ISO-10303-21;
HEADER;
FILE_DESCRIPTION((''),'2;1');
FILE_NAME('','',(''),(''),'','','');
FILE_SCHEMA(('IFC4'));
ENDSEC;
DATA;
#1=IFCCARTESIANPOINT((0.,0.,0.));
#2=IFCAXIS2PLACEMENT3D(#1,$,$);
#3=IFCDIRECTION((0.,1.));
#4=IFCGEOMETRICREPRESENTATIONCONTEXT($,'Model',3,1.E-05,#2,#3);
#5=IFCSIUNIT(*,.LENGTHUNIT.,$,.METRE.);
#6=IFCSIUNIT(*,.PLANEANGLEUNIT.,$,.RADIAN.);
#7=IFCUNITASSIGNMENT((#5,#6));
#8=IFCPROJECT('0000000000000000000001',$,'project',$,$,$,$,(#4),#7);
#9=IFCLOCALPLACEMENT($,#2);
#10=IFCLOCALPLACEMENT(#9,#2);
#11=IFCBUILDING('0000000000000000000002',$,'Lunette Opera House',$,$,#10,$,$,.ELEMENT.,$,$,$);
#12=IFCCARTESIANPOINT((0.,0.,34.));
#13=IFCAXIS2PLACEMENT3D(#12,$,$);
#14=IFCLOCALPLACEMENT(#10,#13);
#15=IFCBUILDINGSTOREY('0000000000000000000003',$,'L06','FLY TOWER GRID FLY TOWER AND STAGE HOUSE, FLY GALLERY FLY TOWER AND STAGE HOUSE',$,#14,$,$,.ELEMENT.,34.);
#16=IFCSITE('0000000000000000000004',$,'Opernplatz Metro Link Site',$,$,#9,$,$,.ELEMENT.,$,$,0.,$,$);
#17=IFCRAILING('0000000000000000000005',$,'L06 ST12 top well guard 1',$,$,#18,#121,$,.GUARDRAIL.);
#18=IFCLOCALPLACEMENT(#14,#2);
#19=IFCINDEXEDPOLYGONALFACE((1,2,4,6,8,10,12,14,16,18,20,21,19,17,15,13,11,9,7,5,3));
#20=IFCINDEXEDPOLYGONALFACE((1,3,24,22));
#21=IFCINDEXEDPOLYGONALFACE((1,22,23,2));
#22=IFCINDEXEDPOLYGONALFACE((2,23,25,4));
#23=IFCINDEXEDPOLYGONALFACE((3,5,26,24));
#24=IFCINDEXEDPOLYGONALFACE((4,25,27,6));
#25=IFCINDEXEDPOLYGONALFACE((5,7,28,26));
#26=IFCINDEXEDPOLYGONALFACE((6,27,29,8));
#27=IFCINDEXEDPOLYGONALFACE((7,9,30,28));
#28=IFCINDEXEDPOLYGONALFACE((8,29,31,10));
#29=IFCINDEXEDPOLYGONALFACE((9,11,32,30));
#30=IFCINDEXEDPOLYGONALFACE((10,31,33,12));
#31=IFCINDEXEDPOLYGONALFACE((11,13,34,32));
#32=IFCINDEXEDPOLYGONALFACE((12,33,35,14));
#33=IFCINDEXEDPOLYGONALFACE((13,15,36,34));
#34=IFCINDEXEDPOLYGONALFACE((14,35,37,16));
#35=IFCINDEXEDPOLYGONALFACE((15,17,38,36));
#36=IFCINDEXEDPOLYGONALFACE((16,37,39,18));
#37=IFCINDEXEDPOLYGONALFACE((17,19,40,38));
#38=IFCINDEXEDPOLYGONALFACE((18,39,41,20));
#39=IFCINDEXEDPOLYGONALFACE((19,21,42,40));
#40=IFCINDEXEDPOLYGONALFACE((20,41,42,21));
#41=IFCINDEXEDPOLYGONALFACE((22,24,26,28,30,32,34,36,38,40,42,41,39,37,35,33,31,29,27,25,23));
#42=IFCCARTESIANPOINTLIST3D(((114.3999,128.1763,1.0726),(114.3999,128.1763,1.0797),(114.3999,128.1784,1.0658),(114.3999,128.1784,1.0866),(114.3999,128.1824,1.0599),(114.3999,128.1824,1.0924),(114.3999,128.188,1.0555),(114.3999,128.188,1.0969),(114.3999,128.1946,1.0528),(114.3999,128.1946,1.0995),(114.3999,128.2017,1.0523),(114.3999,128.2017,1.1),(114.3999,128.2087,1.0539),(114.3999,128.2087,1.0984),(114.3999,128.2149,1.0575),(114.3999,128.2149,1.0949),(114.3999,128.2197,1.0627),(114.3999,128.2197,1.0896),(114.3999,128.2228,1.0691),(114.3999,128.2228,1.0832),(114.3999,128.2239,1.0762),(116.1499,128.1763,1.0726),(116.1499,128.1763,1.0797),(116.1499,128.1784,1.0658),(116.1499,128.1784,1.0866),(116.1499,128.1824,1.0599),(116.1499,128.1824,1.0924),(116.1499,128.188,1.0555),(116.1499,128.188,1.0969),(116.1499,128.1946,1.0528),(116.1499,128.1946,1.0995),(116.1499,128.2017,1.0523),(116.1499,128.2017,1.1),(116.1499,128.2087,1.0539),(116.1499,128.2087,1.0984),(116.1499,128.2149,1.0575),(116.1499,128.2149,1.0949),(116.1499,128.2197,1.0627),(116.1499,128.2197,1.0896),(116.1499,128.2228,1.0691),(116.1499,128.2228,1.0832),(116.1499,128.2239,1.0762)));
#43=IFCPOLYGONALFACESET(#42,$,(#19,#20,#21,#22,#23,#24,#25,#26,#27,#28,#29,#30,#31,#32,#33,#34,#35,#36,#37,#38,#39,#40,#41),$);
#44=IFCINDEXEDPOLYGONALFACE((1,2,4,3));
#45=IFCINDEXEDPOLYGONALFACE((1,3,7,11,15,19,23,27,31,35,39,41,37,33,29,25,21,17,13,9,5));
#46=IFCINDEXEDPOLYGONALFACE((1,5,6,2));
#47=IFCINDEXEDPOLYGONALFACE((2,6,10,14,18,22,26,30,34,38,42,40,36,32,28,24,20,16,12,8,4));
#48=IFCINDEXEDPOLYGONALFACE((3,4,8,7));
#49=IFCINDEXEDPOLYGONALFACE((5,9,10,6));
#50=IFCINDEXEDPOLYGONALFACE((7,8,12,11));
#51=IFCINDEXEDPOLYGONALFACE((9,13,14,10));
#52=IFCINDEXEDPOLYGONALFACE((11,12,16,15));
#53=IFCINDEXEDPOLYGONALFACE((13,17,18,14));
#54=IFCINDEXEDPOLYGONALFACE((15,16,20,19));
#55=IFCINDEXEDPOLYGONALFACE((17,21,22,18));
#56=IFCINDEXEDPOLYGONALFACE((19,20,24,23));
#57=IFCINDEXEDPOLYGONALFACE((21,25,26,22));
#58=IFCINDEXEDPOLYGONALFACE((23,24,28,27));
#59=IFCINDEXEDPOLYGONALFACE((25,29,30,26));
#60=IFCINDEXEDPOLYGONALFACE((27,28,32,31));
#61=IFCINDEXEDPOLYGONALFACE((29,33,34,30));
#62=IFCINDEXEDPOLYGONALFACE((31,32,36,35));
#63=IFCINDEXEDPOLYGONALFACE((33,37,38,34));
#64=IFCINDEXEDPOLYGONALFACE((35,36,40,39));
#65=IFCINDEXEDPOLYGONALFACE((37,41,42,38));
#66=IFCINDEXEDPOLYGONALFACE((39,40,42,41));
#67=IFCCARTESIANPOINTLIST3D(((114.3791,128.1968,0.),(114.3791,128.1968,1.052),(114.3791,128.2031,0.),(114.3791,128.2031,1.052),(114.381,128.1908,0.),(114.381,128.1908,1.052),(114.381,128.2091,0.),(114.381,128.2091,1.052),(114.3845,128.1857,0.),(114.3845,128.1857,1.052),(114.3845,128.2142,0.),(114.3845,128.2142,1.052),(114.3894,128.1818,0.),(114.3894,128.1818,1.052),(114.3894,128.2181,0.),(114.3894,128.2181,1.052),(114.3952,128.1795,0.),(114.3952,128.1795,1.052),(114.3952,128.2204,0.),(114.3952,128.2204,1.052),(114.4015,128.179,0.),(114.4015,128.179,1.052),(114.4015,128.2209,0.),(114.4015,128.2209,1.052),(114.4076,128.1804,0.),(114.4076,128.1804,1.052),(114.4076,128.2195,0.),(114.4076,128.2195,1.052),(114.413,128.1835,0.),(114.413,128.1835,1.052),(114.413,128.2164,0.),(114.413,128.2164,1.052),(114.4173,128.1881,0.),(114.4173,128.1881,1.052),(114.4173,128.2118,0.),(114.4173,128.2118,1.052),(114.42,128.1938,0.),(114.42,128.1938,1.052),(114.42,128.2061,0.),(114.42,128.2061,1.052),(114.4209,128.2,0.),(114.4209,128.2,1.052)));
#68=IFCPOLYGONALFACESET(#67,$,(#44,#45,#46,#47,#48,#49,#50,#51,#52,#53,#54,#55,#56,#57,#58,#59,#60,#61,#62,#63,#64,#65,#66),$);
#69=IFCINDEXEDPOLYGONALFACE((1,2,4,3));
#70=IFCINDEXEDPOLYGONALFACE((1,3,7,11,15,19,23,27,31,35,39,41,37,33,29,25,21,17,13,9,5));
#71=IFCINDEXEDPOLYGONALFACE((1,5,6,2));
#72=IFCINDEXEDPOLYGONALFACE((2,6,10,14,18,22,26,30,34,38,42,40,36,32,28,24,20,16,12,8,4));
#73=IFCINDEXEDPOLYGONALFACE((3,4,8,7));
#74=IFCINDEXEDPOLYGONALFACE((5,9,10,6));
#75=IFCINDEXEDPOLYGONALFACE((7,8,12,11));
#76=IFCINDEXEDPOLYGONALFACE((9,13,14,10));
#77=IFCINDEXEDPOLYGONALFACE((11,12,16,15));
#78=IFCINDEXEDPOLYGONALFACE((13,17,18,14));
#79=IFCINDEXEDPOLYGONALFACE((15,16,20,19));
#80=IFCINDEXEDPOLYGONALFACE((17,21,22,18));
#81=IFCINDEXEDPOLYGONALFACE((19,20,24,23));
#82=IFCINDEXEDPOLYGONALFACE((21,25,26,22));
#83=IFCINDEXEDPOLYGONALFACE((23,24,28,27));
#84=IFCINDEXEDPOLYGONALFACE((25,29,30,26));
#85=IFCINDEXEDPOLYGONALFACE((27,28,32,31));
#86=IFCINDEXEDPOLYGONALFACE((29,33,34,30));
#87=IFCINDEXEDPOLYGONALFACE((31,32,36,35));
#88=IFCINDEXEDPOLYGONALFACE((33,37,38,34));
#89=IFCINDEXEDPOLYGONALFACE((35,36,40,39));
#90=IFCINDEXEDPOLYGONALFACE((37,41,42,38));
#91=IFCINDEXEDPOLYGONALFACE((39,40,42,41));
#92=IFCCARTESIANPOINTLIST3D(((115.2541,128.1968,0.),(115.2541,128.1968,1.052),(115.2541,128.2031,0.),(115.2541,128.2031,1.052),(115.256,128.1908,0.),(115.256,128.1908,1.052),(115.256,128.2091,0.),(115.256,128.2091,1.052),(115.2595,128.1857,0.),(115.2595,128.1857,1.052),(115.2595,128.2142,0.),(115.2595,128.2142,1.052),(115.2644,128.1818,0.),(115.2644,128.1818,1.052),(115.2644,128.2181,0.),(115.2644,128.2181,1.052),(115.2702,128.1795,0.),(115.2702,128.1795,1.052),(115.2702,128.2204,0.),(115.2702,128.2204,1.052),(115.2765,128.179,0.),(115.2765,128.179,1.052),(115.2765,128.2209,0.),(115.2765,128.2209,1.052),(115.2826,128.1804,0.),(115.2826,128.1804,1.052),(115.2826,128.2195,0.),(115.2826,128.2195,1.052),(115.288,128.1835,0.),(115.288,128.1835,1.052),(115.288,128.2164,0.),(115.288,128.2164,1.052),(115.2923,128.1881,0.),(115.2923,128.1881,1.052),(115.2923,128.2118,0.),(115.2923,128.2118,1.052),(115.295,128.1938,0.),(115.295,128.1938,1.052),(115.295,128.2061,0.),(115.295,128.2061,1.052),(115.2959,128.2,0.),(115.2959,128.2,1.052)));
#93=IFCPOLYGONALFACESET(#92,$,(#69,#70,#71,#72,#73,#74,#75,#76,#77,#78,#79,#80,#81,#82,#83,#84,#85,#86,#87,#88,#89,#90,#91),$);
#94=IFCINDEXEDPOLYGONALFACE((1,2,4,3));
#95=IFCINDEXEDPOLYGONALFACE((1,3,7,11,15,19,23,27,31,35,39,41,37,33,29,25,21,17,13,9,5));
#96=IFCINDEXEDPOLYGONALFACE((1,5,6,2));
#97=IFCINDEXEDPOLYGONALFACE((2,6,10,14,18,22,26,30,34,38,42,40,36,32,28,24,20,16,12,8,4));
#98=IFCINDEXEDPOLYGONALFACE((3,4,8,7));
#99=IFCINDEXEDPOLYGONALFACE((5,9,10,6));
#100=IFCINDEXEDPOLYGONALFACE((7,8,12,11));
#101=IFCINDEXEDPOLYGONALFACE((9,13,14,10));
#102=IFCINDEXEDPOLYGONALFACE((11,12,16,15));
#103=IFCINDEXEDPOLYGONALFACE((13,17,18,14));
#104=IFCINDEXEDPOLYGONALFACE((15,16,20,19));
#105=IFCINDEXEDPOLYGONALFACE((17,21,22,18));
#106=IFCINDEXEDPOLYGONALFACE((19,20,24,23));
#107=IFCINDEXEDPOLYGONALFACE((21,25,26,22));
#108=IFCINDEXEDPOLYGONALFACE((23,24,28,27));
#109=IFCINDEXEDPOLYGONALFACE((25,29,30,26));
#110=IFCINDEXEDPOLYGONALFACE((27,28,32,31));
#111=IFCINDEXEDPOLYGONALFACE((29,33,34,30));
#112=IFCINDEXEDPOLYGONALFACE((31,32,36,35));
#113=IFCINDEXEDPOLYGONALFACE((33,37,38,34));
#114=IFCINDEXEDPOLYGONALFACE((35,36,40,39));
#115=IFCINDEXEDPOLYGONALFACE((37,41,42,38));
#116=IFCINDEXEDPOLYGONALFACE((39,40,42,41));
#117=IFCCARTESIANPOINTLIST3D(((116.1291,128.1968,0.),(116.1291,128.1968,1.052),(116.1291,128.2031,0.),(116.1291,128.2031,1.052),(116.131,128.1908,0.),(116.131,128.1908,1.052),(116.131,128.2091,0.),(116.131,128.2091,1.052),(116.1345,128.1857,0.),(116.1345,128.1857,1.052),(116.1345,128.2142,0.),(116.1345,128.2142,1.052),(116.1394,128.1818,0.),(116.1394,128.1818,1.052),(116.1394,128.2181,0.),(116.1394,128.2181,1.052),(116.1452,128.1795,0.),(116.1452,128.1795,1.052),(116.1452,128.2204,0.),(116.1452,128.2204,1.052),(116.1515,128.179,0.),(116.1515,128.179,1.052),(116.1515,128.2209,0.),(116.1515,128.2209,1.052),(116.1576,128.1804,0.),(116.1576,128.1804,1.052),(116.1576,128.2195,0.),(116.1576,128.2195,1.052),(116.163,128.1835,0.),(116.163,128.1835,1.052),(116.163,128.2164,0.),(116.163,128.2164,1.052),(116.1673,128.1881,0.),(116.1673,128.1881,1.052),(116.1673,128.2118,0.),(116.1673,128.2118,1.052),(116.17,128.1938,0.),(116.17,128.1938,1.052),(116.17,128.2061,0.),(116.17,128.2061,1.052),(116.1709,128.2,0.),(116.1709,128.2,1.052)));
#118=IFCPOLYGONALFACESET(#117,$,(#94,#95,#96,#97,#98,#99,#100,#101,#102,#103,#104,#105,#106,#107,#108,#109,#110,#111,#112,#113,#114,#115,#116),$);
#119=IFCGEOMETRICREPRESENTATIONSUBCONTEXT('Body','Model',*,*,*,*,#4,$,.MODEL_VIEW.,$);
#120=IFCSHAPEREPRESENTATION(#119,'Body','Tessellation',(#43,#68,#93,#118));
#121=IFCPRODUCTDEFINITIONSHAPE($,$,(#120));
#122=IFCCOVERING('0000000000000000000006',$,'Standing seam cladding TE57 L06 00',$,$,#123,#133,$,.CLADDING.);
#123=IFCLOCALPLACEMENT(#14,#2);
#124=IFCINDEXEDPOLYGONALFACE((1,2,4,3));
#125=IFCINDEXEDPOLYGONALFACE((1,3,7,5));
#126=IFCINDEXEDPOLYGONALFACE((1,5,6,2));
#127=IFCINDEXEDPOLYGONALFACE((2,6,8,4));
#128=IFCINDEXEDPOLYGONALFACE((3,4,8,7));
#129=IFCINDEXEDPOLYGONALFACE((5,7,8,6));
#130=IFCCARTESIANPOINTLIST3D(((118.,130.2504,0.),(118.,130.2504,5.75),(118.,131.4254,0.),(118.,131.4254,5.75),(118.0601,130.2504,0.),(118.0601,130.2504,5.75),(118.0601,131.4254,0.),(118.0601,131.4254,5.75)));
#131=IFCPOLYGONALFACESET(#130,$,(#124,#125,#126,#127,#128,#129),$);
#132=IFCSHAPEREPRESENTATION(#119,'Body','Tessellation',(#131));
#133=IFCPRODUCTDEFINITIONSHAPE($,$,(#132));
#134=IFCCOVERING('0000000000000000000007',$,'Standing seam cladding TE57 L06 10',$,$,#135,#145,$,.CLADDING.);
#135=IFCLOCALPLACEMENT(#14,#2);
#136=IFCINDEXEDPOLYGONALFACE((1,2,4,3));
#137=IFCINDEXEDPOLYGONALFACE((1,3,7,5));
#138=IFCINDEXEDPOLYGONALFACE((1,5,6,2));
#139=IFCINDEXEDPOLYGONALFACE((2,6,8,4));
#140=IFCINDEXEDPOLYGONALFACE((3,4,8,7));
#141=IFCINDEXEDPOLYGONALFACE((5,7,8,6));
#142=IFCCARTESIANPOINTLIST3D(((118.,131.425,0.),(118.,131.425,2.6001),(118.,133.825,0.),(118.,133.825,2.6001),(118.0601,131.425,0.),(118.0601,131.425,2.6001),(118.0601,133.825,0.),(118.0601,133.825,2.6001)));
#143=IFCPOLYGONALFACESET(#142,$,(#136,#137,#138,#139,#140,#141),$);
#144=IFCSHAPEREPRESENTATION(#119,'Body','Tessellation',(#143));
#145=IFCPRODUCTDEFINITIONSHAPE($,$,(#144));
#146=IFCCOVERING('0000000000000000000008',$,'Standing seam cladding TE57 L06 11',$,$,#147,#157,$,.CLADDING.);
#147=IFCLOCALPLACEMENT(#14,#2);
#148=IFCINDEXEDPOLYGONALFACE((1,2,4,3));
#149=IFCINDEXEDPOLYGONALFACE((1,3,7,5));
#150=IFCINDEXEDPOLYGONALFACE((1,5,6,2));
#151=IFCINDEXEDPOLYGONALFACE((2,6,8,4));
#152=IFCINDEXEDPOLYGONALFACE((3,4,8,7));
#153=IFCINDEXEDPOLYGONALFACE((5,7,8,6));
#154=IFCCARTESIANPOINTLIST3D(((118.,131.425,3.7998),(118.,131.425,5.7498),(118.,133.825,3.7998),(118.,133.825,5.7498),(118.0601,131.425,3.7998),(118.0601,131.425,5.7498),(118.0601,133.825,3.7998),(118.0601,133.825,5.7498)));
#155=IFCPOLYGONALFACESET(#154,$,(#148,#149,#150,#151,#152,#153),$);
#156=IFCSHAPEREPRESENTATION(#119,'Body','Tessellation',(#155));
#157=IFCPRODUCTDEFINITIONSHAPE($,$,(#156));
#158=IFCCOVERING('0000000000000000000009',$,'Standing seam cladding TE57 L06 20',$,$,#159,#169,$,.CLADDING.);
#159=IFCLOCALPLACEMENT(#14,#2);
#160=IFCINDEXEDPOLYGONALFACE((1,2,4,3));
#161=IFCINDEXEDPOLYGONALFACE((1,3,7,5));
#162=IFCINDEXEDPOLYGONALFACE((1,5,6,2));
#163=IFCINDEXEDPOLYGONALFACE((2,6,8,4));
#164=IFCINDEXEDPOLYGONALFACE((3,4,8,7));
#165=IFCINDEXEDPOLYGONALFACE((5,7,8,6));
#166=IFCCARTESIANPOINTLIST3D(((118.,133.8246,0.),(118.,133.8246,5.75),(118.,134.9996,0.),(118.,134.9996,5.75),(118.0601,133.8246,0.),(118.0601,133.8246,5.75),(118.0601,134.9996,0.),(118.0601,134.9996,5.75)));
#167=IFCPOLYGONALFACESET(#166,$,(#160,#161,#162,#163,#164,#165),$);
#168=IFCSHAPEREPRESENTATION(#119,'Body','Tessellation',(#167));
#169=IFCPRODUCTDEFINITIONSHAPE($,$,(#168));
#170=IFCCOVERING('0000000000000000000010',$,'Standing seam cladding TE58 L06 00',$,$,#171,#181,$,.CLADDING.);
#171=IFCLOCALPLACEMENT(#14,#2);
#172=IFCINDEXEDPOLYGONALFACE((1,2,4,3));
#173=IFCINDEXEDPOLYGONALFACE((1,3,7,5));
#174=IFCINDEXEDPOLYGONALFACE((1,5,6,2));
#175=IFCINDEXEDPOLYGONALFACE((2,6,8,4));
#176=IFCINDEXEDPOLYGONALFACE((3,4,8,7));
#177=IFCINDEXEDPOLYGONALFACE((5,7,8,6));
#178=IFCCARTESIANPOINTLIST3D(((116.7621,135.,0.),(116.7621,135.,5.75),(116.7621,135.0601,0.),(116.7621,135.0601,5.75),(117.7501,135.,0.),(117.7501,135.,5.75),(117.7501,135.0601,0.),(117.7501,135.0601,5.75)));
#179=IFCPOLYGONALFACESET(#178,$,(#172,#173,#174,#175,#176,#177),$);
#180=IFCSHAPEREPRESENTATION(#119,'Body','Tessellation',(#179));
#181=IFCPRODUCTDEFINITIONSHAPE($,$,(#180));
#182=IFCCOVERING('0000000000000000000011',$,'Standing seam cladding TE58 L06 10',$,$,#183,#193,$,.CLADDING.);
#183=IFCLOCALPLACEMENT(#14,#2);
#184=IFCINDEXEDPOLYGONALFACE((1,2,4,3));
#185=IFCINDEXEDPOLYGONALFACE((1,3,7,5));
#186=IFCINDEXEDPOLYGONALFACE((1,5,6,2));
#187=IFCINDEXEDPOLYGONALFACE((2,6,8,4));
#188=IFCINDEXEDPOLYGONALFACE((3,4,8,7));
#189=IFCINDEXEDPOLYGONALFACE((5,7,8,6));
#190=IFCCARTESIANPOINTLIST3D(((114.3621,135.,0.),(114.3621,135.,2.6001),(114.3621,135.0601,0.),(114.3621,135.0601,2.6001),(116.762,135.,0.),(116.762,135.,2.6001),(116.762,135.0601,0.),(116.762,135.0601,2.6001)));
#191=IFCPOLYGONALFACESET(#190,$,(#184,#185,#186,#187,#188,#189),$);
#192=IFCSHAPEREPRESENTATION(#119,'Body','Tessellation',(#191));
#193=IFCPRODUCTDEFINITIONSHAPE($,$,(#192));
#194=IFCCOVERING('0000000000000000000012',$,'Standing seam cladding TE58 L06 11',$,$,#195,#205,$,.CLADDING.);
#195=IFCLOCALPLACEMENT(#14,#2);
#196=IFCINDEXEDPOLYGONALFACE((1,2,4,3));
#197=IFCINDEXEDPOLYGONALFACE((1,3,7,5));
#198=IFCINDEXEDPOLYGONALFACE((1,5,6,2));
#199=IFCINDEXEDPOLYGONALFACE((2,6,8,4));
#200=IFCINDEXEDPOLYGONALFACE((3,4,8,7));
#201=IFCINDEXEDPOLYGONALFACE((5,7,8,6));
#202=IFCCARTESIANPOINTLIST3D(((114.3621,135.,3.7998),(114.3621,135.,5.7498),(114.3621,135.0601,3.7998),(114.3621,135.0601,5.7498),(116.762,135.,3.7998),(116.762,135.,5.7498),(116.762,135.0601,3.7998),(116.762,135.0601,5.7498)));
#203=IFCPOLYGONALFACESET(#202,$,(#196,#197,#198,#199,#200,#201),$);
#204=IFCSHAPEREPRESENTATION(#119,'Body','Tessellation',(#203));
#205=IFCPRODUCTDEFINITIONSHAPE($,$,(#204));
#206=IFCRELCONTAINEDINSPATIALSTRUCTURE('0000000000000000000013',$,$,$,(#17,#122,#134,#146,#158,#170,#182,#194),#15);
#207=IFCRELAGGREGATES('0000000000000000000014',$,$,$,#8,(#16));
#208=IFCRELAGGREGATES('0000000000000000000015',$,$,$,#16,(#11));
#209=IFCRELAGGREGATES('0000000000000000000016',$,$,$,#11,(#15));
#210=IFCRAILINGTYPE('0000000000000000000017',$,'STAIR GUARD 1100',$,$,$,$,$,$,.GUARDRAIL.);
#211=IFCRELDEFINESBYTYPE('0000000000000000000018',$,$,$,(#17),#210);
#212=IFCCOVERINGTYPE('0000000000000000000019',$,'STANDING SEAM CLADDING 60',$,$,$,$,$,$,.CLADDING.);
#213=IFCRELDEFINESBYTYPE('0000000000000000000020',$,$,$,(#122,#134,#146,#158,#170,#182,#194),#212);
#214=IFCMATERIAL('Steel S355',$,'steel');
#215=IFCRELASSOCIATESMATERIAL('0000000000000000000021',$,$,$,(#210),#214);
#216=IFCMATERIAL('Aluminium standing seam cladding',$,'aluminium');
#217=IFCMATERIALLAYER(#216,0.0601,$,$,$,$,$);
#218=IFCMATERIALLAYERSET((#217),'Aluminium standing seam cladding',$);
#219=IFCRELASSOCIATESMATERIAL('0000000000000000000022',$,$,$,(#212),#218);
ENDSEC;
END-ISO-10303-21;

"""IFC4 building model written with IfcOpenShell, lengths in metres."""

from ifc_helpers import new_model, si_unit, direction, frame, origin, origin_2d, place, context, subcontext, project, spatial, rectangle, circle, extrude, material, layer, layer_set, type_object, element, save


model = new_model("IFC4")

# Units and contexts
model_context = context("Model", 3, precision=1e-05, world=origin(), true_north=direction((0.0, 1.0)))
body_context = subcontext(model_context, "Body", "Model", "MODEL_VIEW")
ifc_project = project(units=[si_unit("LENGTHUNIT", "METRE"), si_unit("PLANEANGLEUNIT", "RADIAN")], contexts=[model_context])

# Site, building, storey
site_placement = place(None, origin())
site = spatial("IfcSite", under=ifc_project, at=site_placement, Name="Opernplatz Metro Link Site", CompositionType="ELEMENT", RefElevation=0.0)
building_placement = place(site_placement, origin())
building = spatial("IfcBuilding", under=site, at=building_placement, Name="Lunette Opera House", CompositionType="ELEMENT")
storey_placement = place(building_placement, frame((0.0, 0.0, 34.0)))
storey = spatial("IfcBuildingStorey", under=building, at=storey_placement, Name="L06", Description="FLY TOWER GRID FLY TOWER AND STAGE HOUSE, FLY GALLERY FLY TOWER AND STAGE HOUSE", CompositionType="ELEMENT", Elevation=34.0)

# Railing
ifc_material_1 = material(Name="Steel S355", Category="steel")
railing_type = type_object("IfcRailingType", Name="STAIR GUARD 1100", PredefinedType="GUARDRAIL", material=ifc_material_1)
railing_placement = place(storey_placement, frame((114.3999, 128.2, 0.0)))
element("IfcRailing", 1, at=railing_placement, inside=storey, type_object=railing_type, Name="L06 ST12 top well guard 1", PredefinedType="GUARDRAIL", context=body_context, shape_type="SweptSolid", body=[
    extrude(circle(Radius=0.0239, at=origin_2d()), frame((0.0, 0.0, 1.0762), z_axis=(1.0, 0.0, 0.0), x_axis=(0.0, 1.0, 0.0)), (0.0, 0.0, 1.0), 1.75),
    extrude(circle(Radius=0.021, at=origin_2d()), origin(), (0.0, 0.0, 1.0), 1.052),
    extrude(circle(Radius=0.021, at=origin_2d()), frame((0.875, 0.0, 0.0)), (0.0, 0.0, 1.0), 1.052),
    extrude(circle(Radius=0.021, at=origin_2d()), frame((1.75, 0.0, 0.0)), (0.0, 0.0, 1.0), 1.052),
])

# Coverings
ifc_material_2 = material(Name="Aluminium standing seam cladding", Category="aluminium")
ifc_layer_1 = layer(ifc_material_2, 0.0601)
ifc_layer_set_1 = layer_set([ifc_layer_1], Name="Aluminium standing seam cladding")
covering_type = type_object("IfcCoveringType", Name="STANDING SEAM CLADDING 60", PredefinedType="CLADDING", material=ifc_layer_set_1)
covering_1_placement = place(storey_placement, frame((118.03, 130.8379, 0.0), z_axis=(0.0, 0.0, 1.0), x_axis=(0.0, 1.0, 0.0)))
element("IfcCovering", 2, at=covering_1_placement, inside=storey, type_object=covering_type, Name="Standing seam cladding TE57 L06 00", PredefinedType="CLADDING", context=body_context, shape_type="SweptSolid", body=[
    extrude(rectangle(XDim=1.175, YDim=0.0601, at=origin_2d()), origin(), (0.0, 0.0, 1.0), 5.75),
])
covering_2_placement = place(storey_placement, frame((118.03, 132.625, 0.0), z_axis=(0.0, 0.0, 1.0), x_axis=(0.0, 1.0, 0.0)))
element("IfcCovering", 3, at=covering_2_placement, inside=storey, type_object=covering_type, Name="Standing seam cladding TE57 L06 10", PredefinedType="CLADDING", context=body_context, shape_type="SweptSolid", body=[
    extrude(rectangle(XDim=2.3999, YDim=0.0601, at=origin_2d()), origin(), (0.0, 0.0, 1.0), 2.6001),
])
covering_3_placement = place(storey_placement, frame((118.03, 132.625, 3.7998), z_axis=(0.0, 0.0, 1.0), x_axis=(0.0, 1.0, 0.0)))
element("IfcCovering", 4, at=covering_3_placement, inside=storey, type_object=covering_type, Name="Standing seam cladding TE57 L06 11", PredefinedType="CLADDING", context=body_context, shape_type="SweptSolid", body=[
    extrude(rectangle(XDim=2.3999, YDim=0.0601, at=origin_2d()), origin(), (0.0, 0.0, 1.0), 1.95),
])
covering_4_placement = place(storey_placement, frame((118.03, 134.4121, 0.0), z_axis=(0.0, 0.0, 1.0), x_axis=(0.0, 1.0, 0.0)))
element("IfcCovering", 5, at=covering_4_placement, inside=storey, type_object=covering_type, Name="Standing seam cladding TE57 L06 20", PredefinedType="CLADDING", context=body_context, shape_type="SweptSolid", body=[
    extrude(rectangle(XDim=1.175, YDim=0.0601, at=origin_2d()), origin(), (0.0, 0.0, 1.0), 5.75),
])
covering_5_placement = place(storey_placement, frame((117.2561, 135.03, 0.0), z_axis=(0.0, 0.0, 1.0), x_axis=(-1.0, 0.0, 0.0)))
element("IfcCovering", 6, at=covering_5_placement, inside=storey, type_object=covering_type, Name="Standing seam cladding TE58 L06 00", PredefinedType="CLADDING", context=body_context, shape_type="SweptSolid", body=[
    extrude(rectangle(XDim=0.988, YDim=0.0601, at=origin_2d()), origin(), (0.0, 0.0, 1.0), 5.75),
])
covering_6_placement = place(storey_placement, frame((115.562, 135.03, 0.0), z_axis=(0.0, 0.0, 1.0), x_axis=(-1.0, 0.0, 0.0)))
element("IfcCovering", 7, at=covering_6_placement, inside=storey, type_object=covering_type, Name="Standing seam cladding TE58 L06 10", PredefinedType="CLADDING", context=body_context, shape_type="SweptSolid", body=[
    extrude(rectangle(XDim=2.3999, YDim=0.0601, at=origin_2d()), origin(), (0.0, 0.0, 1.0), 2.6001),
])
covering_7_placement = place(storey_placement, frame((115.562, 135.03, 3.7998), z_axis=(0.0, 0.0, 1.0), x_axis=(-1.0, 0.0, 0.0)))
element("IfcCovering", 8, at=covering_7_placement, inside=storey, type_object=covering_type, Name="Standing seam cladding TE58 L06 11", PredefinedType="CLADDING", context=body_context, shape_type="SweptSolid", body=[
    extrude(rectangle(XDim=2.3999, YDim=0.0601, at=origin_2d()), origin(), (0.0, 0.0, 1.0), 1.95),
])

save(model, "model.ifc")
